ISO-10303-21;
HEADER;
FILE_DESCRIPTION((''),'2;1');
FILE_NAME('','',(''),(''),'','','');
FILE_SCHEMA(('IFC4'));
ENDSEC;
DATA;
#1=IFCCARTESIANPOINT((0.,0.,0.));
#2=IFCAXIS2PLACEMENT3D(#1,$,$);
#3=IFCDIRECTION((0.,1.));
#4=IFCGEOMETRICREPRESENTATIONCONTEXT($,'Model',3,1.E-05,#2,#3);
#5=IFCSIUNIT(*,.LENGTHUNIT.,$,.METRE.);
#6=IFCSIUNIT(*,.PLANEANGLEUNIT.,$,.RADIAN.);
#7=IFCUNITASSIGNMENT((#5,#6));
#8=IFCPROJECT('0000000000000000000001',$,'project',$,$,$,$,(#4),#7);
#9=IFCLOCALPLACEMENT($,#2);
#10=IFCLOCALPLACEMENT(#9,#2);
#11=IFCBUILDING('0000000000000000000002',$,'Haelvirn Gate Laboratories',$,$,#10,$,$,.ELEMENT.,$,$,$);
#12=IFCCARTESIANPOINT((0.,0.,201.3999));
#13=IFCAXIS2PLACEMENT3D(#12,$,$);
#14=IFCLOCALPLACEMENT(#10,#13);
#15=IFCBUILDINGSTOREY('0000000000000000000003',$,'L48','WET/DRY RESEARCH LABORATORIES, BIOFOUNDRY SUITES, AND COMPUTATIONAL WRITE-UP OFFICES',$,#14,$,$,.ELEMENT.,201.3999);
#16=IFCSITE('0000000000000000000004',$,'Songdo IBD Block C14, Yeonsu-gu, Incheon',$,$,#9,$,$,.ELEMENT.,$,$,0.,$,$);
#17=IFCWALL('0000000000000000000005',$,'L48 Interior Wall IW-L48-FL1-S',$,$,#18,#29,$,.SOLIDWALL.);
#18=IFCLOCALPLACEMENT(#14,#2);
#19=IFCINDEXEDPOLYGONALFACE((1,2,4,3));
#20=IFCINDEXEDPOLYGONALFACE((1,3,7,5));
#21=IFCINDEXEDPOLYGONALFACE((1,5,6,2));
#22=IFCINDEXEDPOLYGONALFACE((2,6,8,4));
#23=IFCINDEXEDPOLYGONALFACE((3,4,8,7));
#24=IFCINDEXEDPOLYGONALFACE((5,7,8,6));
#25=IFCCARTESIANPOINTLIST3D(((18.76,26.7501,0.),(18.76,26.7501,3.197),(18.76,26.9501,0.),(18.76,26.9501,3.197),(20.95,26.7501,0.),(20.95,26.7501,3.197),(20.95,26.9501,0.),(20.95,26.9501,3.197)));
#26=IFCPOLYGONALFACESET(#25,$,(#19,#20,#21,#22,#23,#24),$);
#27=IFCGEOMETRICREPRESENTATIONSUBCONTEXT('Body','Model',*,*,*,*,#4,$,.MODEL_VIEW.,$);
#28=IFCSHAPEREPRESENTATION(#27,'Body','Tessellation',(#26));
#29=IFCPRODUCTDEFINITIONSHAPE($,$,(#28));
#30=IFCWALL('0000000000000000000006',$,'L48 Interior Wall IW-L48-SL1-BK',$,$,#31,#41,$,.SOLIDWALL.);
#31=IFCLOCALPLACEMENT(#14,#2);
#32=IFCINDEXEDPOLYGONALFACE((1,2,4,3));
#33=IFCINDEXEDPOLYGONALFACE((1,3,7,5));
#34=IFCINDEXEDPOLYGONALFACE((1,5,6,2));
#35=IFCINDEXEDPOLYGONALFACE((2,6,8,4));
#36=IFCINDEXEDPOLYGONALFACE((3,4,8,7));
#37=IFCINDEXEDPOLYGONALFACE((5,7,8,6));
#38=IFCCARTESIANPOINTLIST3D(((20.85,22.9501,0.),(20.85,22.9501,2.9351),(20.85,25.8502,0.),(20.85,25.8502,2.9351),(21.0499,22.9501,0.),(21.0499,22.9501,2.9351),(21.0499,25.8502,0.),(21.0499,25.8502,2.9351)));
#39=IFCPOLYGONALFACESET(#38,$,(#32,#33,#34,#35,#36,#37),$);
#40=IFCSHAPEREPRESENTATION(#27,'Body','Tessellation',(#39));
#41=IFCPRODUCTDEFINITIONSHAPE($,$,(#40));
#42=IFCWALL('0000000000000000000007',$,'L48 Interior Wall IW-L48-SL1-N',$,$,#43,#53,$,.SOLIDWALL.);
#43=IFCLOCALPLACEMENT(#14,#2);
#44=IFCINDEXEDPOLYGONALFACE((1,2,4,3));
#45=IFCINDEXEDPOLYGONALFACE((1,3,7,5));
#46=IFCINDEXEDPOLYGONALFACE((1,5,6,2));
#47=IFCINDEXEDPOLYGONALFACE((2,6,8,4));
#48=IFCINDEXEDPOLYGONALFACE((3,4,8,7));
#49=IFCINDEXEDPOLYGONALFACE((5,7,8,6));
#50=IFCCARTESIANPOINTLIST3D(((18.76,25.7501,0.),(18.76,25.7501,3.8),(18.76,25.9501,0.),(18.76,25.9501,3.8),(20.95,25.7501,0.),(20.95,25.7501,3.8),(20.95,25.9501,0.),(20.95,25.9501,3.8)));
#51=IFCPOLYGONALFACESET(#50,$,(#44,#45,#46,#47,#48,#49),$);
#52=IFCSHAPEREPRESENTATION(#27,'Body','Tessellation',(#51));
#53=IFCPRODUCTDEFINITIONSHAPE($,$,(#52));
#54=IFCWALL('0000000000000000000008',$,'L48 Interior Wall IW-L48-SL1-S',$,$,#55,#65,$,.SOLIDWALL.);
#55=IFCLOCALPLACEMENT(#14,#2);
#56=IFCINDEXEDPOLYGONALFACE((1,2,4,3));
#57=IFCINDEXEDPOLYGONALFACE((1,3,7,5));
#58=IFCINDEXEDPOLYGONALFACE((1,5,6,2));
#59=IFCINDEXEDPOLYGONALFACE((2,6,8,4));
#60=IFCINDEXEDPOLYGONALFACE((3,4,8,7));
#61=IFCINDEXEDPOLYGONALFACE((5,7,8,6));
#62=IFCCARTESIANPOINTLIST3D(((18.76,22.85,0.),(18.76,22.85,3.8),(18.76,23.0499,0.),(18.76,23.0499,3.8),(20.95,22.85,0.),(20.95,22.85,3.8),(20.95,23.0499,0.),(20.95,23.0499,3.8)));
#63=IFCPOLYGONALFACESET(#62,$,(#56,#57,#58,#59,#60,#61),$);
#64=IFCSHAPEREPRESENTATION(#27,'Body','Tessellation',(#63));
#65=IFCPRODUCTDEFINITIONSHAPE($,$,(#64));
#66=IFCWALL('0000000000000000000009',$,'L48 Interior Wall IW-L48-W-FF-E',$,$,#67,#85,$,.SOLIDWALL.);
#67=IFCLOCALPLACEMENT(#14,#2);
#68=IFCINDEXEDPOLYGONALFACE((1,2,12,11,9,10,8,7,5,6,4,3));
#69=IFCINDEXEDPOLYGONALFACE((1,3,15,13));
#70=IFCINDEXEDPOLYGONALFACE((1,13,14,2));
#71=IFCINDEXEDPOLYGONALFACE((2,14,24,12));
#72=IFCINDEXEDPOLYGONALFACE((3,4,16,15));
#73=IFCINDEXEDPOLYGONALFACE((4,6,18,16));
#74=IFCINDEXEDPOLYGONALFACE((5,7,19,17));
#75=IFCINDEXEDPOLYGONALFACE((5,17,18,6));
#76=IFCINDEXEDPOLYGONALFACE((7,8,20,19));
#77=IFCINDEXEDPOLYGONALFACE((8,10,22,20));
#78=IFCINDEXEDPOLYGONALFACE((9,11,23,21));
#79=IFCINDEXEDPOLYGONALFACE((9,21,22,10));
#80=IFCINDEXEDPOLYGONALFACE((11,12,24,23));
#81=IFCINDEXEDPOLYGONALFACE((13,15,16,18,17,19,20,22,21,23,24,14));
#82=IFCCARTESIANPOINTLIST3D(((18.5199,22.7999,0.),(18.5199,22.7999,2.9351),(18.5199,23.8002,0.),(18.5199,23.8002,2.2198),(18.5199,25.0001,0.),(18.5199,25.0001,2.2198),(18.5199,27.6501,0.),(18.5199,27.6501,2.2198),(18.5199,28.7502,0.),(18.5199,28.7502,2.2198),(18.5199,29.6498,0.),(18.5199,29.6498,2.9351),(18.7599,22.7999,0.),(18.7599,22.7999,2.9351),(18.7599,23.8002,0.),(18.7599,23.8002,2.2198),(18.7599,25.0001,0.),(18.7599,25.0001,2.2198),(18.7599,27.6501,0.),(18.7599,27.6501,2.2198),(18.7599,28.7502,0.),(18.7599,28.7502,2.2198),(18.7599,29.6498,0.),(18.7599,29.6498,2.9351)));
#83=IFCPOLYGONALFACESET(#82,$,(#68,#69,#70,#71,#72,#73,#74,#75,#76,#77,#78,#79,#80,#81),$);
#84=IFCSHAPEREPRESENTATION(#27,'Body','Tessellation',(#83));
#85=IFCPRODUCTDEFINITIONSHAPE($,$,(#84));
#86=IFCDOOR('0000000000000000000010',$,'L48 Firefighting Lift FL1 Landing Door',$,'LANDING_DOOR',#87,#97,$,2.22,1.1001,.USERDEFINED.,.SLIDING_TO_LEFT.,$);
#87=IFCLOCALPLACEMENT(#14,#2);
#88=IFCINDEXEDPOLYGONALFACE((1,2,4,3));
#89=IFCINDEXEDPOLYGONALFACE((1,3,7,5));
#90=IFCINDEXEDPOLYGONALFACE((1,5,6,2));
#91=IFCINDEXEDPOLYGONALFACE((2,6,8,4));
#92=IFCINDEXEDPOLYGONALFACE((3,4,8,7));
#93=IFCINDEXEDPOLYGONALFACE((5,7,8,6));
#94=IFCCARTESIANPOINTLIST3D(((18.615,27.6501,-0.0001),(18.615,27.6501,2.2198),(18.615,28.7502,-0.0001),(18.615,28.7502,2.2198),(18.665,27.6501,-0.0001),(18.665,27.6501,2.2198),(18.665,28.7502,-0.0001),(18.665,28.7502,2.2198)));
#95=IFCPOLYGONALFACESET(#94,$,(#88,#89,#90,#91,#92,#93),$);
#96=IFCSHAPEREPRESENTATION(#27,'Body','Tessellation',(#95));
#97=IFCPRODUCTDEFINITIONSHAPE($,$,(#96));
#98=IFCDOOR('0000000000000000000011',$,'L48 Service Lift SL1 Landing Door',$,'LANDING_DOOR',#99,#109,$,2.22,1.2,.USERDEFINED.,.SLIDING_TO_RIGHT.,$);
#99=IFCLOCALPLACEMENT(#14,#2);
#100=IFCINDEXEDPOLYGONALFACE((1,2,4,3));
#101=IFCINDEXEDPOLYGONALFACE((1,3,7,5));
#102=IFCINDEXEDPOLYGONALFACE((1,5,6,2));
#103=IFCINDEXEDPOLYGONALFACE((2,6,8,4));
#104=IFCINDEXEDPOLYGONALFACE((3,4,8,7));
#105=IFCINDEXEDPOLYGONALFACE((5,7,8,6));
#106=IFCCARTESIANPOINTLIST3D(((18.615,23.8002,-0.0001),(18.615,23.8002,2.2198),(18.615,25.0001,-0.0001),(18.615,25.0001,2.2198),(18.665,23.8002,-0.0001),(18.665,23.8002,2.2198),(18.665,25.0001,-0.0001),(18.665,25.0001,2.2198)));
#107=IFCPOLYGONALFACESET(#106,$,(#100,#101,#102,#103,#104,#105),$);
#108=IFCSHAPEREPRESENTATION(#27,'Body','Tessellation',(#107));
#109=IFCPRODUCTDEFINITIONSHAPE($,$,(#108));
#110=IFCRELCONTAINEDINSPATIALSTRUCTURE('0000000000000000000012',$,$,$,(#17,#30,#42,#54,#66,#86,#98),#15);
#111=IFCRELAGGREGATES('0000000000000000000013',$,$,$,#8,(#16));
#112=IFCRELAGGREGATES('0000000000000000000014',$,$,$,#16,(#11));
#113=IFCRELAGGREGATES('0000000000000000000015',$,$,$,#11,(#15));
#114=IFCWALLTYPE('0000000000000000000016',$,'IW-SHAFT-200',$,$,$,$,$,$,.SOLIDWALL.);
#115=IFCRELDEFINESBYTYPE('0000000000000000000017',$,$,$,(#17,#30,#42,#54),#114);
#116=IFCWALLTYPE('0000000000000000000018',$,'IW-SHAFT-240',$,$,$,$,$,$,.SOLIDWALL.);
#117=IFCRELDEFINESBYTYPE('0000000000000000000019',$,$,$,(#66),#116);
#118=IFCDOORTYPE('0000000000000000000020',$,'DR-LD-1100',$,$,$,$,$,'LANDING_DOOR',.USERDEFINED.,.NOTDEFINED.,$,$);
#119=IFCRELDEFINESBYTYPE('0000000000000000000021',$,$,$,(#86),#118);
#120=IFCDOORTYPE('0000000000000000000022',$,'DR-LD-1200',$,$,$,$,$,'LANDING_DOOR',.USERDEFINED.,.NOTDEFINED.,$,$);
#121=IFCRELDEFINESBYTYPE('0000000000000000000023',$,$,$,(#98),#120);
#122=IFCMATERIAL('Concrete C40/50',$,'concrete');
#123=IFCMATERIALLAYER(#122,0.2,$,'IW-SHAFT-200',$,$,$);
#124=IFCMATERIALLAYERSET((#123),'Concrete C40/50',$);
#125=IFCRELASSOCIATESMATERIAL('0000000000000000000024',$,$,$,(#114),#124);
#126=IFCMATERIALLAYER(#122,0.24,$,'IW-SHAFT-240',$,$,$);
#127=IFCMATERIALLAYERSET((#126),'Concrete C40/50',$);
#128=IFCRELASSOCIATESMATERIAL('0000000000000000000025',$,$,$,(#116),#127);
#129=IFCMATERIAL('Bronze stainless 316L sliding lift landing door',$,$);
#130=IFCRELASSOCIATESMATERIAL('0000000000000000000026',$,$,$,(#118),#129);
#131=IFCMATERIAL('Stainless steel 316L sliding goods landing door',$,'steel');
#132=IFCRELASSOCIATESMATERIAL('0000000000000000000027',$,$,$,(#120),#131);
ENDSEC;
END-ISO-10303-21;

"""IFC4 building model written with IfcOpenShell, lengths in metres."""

from ifc_helpers import new_model, si_unit, direction, frame, frame_2d, origin, place, context, subcontext, project, spatial, rectangle, extrude, source, transform, mapped, material, layer, layer_set, type_object, type_shapes, element, fill, save


model = new_model("IFC4")

# Units and contexts
model_context = context("Model", 3, precision=1e-05, world=origin(), true_north=direction((0.0, 1.0)))
body_context = subcontext(model_context, "Body", "Model", "MODEL_VIEW")
ifc_project = project(units=[si_unit("LENGTHUNIT", "METRE"), si_unit("PLANEANGLEUNIT", "RADIAN")], contexts=[model_context])

# Site, building, storey
site_placement = place(None, origin())
site = spatial("IfcSite", under=ifc_project, at=site_placement, Name="Songdo IBD Block C14, Yeonsu-gu, Incheon", CompositionType="ELEMENT", RefElevation=0.0)
building_placement = place(site_placement, origin())
building = spatial("IfcBuilding", under=site, at=building_placement, Name="Haelvirn Gate Laboratories", CompositionType="ELEMENT")
storey_placement = place(building_placement, frame((0.0, 0.0, 201.3999)))
storey = spatial("IfcBuildingStorey", under=building, at=storey_placement, Name="L48", Description="WET/DRY RESEARCH LABORATORIES, BIOFOUNDRY SUITES, AND COMPUTATIONAL WRITE-UP OFFICES", CompositionType="ELEMENT", Elevation=201.3999)

# Walls
ifc_material_1 = material(Name="Concrete C40/50", Category="concrete")
ifc_layer_1 = layer(ifc_material_1, 0.2, Name="IW-SHAFT-200")
ifc_layer_set_1 = layer_set([ifc_layer_1], Name="Concrete C40/50")
wall_type_1 = type_object("IfcWallType", Name="IW-SHAFT-200", PredefinedType="SOLIDWALL", material=ifc_layer_set_1)
wall_1_placement = place(storey_placement, frame((18.76, 26.8501, 0.0), z_axis=(0.0, 0.0, 1.0), x_axis=(1.0, 0.0, 0.0)))
element("IfcWall", 1, at=wall_1_placement, inside=storey, type_object=wall_type_1, Name="L48 Interior Wall IW-L48-FL1-S", PredefinedType="SOLIDWALL", context=body_context, shape_type="SweptSolid", body=[
    extrude(rectangle(XDim=2.1899, YDim=0.2, at=frame_2d((1.095, 0.0))), origin(), (0.0, 0.0, 1.0), 3.197),
])
wall_2_placement = place(storey_placement, frame((20.95, 22.95, 0.0), z_axis=(0.0, 0.0, 1.0), x_axis=(0.0, 1.0, 0.0)))
element("IfcWall", 2, at=wall_2_placement, inside=storey, type_object=wall_type_1, Name="L48 Interior Wall IW-L48-SL1-BK", PredefinedType="SOLIDWALL", context=body_context, shape_type="SweptSolid", body=[
    extrude(rectangle(XDim=2.9001, YDim=0.2, at=frame_2d((1.4502, 0.0))), origin(), (0.0, 0.0, 1.0), 2.9351),
])
for number, where, z_axis, x_axis, name in (
    (3, (18.76, 25.8501, 0.0), (0.0, 0.0, 1.0), (1.0, 0.0, 0.0), "L48 Interior Wall IW-L48-SL1-N"),
    (4, (18.76, 22.95, 0.0), (0.0, 0.0, 1.0), (1.0, 0.0, 0.0), "L48 Interior Wall IW-L48-SL1-S"),
):
    element("IfcWall", number, at=place(storey_placement, frame(where, z_axis=z_axis, x_axis=x_axis)), inside=storey, type_object=wall_type_1, Name=name, PredefinedType="SOLIDWALL", context=body_context, shape_type="SweptSolid", body=[
        extrude(rectangle(XDim=2.1899, YDim=0.2, at=frame_2d((1.095, 0.0))), origin(), (0.0, 0.0, 1.0), 3.8),
    ])

# Wall, openings, doors
ifc_layer_2 = layer(ifc_material_1, 0.24, Name="IW-SHAFT-240")
ifc_layer_set_2 = layer_set([ifc_layer_2], Name="Concrete C40/50")
wall_type_2 = type_object("IfcWallType", Name="IW-SHAFT-240", PredefinedType="SOLIDWALL", material=ifc_layer_set_2)
wall_3_placement = place(storey_placement, frame((18.6399, 22.8, 0.0), z_axis=(0.0, 0.0, 1.0), x_axis=(0.0, 1.0, 0.0)))
wall_3 = element("IfcWall", 5, at=wall_3_placement, inside=storey, type_object=wall_type_2, Name="L48 Interior Wall IW-L48-W-FF-E", PredefinedType="SOLIDWALL", context=body_context, shape_type="SweptSolid", body=[
    extrude(rectangle(XDim=6.8499, YDim=0.24, at=frame_2d((3.4248, 0.0))), origin(), (0.0, 0.0, 1.0), 2.9351),
])
opening_1_placement = place(wall_3_placement, frame((4.8501, 0.0, 0.0)))
opening_1 = element("IfcOpeningElement", 6, at=opening_1_placement, cuts=wall_3, PredefinedType="OPENING", context=body_context, shape_type="SweptSolid", body=[
    extrude(rectangle(XDim=1.1001, YDim=2.22, at=frame_2d((0.55, 1.1099))), frame((0.0, 0.1299, 0.0), z_axis=(0.0, -1.0, 0.0), x_axis=(1.0, 0.0, 0.0)), (0.0, 0.0, 1.0), 0.26),
])
opening_2_placement = place(wall_3_placement, frame((1.0, 0.0, 0.0)))
opening_2 = element("IfcOpeningElement", 7, at=opening_2_placement, cuts=wall_3, PredefinedType="OPENING", context=body_context, shape_type="SweptSolid", body=[
    extrude(rectangle(XDim=1.2, YDim=2.22, at=frame_2d((0.6001, 1.1099))), frame((0.0, 0.1299, 0.0), z_axis=(0.0, -1.0, 0.0), x_axis=(1.0, 0.0, 0.0)), (0.0, 0.0, 1.0), 0.26),
])
ifc_material_2 = material(Name="Bronze stainless 316L sliding lift landing door")
door_type_1 = type_object("IfcDoorType", Name="DR-LD-1100", ElementType="LANDING_DOOR", OperationType="NOTDEFINED", PredefinedType="USERDEFINED", material=ifc_material_2)
shared_shape_1 = source(origin(), body_context, "Body", "SweptSolid", [
    extrude(rectangle(XDim=1.1001, YDim=2.22, at=frame_2d((0.55, 1.1099))), frame((0.0, 0.0249, 0.0), z_axis=(0.0, -1.0, 0.0), x_axis=(1.0, 0.0, 0.0)), (0.0, 0.0, 1.0), 0.05),
])
type_shapes(door_type_1, [shared_shape_1])
door_1_placement = place(opening_1_placement, origin())
door_1 = element("IfcDoor", 8, at=door_1_placement, inside=storey, type_object=door_type_1, Name="L48 Firefighting Lift FL1 Landing Door", ObjectType="LANDING_DOOR", OperationType="SLIDING_TO_LEFT", OverallHeight=2.22, OverallWidth=1.1001, PredefinedType="USERDEFINED", context=body_context, shape_type="MappedRepresentation", body=[
    mapped(shared_shape_1, transform((0.0, 0.0, 0.0), scale=1.0)),
])
fill(opening_1, door_1)
ifc_material_3 = material(Name="Stainless steel 316L sliding goods landing door", Category="steel")
door_type_2 = type_object("IfcDoorType", Name="DR-LD-1200", ElementType="LANDING_DOOR", OperationType="NOTDEFINED", PredefinedType="USERDEFINED", material=ifc_material_3)
shared_shape_2 = source(origin(), body_context, "Body", "SweptSolid", [
    extrude(rectangle(XDim=1.2, YDim=2.22, at=frame_2d((0.6001, 1.1099))), frame((0.0, 0.0249, 0.0), z_axis=(0.0, -1.0, 0.0), x_axis=(1.0, 0.0, 0.0)), (0.0, 0.0, 1.0), 0.05),
])
type_shapes(door_type_2, [shared_shape_2])
door_2_placement = place(opening_2_placement, origin())
door_2 = element("IfcDoor", 9, at=door_2_placement, inside=storey, type_object=door_type_2, Name="L48 Service Lift SL1 Landing Door", ObjectType="LANDING_DOOR", OperationType="SLIDING_TO_RIGHT", OverallHeight=2.22, OverallWidth=1.2, PredefinedType="USERDEFINED", context=body_context, shape_type="MappedRepresentation", body=[
    mapped(shared_shape_2, transform((0.0, 0.0, 0.0), scale=1.0)),
])
fill(opening_2, door_2)

save(model, "model.ifc")
